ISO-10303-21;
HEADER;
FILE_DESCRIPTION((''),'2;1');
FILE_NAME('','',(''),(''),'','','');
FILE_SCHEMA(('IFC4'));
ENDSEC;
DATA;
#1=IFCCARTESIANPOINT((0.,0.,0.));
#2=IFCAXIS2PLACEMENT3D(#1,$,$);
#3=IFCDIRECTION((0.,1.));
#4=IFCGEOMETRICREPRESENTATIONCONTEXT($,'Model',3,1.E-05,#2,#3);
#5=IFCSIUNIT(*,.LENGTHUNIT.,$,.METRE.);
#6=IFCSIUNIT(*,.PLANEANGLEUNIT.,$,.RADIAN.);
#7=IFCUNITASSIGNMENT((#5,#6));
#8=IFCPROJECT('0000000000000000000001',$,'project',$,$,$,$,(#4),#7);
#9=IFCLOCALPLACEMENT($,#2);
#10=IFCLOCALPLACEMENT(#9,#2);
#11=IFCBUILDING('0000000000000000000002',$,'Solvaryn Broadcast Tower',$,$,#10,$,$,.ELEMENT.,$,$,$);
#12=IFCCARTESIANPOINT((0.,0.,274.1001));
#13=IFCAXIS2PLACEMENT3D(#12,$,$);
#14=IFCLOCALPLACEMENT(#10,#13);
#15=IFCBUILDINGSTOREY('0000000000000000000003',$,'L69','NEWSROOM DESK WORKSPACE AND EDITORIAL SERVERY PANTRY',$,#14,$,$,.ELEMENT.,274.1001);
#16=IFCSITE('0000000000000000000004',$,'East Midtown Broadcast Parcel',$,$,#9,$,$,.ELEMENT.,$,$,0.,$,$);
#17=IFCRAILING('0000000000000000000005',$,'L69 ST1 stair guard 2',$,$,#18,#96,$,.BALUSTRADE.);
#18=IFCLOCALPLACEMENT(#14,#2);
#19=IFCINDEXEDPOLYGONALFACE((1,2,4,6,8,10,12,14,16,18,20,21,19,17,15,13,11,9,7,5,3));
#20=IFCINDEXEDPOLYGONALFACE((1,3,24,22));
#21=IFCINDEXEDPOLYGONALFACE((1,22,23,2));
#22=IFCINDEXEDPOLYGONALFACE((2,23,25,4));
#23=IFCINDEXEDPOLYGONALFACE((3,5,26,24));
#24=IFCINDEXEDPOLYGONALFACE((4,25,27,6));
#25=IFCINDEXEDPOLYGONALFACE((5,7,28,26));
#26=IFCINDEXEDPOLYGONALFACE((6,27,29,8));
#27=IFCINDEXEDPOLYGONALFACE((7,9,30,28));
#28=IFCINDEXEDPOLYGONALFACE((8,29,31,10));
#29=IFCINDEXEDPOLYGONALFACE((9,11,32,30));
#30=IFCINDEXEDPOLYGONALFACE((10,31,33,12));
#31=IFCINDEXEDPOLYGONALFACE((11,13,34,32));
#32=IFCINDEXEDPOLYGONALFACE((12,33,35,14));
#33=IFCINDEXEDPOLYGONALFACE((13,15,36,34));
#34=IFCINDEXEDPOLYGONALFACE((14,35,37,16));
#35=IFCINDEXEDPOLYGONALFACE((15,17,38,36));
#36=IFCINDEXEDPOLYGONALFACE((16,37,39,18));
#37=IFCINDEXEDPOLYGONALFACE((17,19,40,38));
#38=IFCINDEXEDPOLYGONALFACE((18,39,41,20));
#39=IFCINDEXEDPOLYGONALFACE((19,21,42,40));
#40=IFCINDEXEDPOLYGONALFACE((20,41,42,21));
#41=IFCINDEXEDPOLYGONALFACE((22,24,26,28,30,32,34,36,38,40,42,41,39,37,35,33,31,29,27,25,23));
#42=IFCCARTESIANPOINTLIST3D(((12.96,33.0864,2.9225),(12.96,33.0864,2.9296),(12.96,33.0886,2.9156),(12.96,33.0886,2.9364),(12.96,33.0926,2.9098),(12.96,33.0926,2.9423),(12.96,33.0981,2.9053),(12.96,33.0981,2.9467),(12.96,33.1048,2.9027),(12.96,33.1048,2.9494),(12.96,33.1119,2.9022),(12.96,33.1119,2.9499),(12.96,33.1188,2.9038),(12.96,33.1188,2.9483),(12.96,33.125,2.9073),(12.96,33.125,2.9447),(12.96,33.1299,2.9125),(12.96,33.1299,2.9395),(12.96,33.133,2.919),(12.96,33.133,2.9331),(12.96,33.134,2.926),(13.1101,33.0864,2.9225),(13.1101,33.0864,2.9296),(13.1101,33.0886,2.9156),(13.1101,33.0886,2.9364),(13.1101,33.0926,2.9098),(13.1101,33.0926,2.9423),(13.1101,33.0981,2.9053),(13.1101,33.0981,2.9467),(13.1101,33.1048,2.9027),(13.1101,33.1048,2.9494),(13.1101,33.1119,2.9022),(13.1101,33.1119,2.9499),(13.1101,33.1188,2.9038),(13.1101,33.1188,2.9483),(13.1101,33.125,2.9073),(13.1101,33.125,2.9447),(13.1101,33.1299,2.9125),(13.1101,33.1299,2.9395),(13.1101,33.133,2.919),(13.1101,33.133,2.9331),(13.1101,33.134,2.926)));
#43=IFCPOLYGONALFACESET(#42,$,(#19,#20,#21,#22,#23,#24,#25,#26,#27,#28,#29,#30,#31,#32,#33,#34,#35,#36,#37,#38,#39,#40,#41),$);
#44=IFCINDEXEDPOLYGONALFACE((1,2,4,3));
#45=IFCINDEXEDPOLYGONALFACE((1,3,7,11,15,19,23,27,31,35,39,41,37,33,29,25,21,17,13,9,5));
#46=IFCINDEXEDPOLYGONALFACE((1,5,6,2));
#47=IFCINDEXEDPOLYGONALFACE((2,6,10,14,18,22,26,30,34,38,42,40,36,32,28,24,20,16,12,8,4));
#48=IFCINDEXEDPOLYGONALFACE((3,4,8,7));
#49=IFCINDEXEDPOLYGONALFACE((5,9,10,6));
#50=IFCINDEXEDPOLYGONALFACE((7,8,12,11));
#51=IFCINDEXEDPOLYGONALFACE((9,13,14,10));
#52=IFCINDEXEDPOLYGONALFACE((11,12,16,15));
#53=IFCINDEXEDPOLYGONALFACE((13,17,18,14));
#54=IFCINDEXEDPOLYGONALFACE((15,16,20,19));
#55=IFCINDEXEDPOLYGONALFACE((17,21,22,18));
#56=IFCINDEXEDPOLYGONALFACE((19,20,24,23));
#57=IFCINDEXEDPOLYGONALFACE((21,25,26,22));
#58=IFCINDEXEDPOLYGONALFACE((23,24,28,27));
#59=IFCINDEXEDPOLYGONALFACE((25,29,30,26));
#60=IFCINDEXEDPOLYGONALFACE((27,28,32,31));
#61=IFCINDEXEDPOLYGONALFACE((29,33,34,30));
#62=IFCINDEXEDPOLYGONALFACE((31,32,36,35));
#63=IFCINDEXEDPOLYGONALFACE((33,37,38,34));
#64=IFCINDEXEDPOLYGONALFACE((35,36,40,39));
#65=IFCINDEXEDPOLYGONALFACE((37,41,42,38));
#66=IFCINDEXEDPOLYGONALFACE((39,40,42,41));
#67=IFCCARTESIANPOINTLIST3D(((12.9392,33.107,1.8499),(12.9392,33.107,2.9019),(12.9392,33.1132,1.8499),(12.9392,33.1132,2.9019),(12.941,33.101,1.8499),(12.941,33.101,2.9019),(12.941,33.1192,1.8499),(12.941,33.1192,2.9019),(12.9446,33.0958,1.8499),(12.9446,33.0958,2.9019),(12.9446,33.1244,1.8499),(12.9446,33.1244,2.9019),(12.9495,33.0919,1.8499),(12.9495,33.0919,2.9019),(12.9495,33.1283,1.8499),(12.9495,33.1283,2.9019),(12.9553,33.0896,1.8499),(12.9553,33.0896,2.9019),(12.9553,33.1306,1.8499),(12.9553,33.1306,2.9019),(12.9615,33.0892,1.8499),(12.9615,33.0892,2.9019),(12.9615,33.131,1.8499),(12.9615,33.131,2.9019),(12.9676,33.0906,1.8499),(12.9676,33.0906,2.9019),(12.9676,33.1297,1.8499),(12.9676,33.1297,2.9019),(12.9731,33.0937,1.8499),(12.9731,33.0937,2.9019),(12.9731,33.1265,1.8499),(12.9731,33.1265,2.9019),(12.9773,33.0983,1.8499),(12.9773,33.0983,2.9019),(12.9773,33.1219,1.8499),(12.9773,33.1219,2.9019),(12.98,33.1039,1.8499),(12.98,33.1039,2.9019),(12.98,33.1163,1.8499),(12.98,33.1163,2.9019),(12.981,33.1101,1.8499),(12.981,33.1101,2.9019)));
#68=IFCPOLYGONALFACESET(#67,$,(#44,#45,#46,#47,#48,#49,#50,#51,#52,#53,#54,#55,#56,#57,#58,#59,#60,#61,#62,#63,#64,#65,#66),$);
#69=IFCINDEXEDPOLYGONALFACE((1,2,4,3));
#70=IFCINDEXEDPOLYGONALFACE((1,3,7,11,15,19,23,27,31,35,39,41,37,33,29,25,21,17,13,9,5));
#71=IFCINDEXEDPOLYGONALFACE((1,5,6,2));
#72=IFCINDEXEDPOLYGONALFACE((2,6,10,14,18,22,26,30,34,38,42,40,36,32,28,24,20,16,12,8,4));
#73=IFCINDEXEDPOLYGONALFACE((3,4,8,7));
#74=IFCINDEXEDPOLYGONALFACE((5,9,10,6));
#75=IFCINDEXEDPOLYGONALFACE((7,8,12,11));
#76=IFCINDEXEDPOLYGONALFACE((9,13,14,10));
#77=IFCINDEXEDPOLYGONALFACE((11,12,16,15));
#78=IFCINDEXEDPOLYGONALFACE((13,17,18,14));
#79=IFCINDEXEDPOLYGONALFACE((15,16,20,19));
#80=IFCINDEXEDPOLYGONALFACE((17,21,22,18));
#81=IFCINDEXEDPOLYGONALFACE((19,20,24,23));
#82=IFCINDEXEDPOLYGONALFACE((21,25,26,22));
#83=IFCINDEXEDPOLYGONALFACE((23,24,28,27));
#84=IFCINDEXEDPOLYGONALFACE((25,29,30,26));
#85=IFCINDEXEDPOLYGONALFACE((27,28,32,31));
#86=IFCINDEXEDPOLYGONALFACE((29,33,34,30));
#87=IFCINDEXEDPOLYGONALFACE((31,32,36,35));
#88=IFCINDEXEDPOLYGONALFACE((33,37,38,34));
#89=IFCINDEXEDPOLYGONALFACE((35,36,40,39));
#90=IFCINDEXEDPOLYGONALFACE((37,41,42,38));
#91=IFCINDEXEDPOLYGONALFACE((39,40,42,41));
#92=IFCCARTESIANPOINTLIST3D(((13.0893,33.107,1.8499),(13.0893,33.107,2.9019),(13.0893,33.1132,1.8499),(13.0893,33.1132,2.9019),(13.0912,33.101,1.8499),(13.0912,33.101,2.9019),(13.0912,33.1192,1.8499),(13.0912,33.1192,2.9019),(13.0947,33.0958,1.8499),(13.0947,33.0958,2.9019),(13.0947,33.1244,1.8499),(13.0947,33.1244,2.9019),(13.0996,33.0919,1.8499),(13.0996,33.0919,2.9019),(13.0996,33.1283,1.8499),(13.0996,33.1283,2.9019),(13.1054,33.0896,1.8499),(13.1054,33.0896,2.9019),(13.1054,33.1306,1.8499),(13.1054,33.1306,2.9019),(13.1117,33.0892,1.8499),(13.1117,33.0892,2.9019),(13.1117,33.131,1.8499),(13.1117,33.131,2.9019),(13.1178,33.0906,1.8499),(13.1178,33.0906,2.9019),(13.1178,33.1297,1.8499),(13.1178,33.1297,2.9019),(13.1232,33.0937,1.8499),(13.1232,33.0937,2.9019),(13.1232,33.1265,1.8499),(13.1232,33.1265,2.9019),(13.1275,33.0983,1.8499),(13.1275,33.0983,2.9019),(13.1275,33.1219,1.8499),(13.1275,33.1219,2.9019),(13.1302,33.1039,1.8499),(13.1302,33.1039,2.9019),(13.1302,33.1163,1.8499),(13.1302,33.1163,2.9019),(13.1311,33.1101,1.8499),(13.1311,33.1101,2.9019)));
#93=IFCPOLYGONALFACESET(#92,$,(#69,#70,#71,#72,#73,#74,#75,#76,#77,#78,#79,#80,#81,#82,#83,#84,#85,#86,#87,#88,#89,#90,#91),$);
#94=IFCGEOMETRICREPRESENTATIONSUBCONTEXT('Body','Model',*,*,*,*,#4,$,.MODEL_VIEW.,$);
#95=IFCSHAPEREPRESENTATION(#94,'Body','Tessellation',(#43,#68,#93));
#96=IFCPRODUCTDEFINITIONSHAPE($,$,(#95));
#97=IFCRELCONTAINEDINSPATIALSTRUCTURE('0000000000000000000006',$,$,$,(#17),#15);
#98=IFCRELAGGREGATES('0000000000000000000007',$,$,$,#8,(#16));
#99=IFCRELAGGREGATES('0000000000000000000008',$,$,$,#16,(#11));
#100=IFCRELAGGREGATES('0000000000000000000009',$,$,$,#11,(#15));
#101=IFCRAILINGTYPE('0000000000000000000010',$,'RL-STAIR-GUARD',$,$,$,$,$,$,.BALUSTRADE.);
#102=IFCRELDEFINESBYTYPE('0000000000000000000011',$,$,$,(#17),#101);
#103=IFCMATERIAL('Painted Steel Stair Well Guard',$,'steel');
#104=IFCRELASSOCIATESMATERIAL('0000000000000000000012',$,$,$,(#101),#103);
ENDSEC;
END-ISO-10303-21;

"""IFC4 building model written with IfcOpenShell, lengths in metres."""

from ifc_helpers import new_model, si_unit, direction, frame, origin, origin_2d, place, context, subcontext, project, spatial, circle, extrude, material, type_object, element, save


model = new_model("IFC4")

# Units and contexts
model_context = context("Model", 3, precision=1e-05, world=origin(), true_north=direction((0.0, 1.0)))
body_context = subcontext(model_context, "Body", "Model", "MODEL_VIEW")
ifc_project = project(units=[si_unit("LENGTHUNIT", "METRE"), si_unit("PLANEANGLEUNIT", "RADIAN")], contexts=[model_context])

# Site, building, storey
site_placement = place(None, origin())
site = spatial("IfcSite", under=ifc_project, at=site_placement, Name="East Midtown Broadcast Parcel", CompositionType="ELEMENT", RefElevation=0.0)
building_placement = place(site_placement, origin())
building = spatial("IfcBuilding", under=site, at=building_placement, Name="Solvaryn Broadcast Tower", CompositionType="ELEMENT")
storey_placement = place(building_placement, frame((0.0, 0.0, 274.1001)))
storey = spatial("IfcBuildingStorey", under=building, at=storey_placement, Name="L69", Description="NEWSROOM DESK WORKSPACE AND EDITORIAL SERVERY PANTRY", CompositionType="ELEMENT", Elevation=274.1001)

# Railing
ifc_material_1 = material(Name="Painted Steel Stair Well Guard", Category="steel")
railing_type_1 = type_object("IfcRailingType", Name="RL-STAIR-GUARD", PredefinedType="BALUSTRADE", material=ifc_material_1)
railing_1_placement = place(storey_placement, frame((12.96, 33.1101, 1.8499)))
element("IfcRailing", 1, at=railing_1_placement, inside=storey, type_object=railing_type_1, Name="L69 ST1 stair guard 2", PredefinedType="BALUSTRADE", context=body_context, shape_type="SweptSolid", body=[
    extrude(circle(Radius=0.0239, at=origin_2d()), frame((0.0, 0.0, 1.0762), z_axis=(1.0, 0.0, 0.0), x_axis=(0.0, 1.0, 0.0)), (0.0, 0.0, 1.0), 0.1501),
    extrude(circle(Radius=0.021, at=origin_2d()), origin(), (0.0, 0.0, 1.0), 1.052),
    extrude(circle(Radius=0.021, at=origin_2d()), frame((0.1501, 0.0, 0.0)), (0.0, 0.0, 1.0), 1.052),
])

save(model, "model.ifc")
